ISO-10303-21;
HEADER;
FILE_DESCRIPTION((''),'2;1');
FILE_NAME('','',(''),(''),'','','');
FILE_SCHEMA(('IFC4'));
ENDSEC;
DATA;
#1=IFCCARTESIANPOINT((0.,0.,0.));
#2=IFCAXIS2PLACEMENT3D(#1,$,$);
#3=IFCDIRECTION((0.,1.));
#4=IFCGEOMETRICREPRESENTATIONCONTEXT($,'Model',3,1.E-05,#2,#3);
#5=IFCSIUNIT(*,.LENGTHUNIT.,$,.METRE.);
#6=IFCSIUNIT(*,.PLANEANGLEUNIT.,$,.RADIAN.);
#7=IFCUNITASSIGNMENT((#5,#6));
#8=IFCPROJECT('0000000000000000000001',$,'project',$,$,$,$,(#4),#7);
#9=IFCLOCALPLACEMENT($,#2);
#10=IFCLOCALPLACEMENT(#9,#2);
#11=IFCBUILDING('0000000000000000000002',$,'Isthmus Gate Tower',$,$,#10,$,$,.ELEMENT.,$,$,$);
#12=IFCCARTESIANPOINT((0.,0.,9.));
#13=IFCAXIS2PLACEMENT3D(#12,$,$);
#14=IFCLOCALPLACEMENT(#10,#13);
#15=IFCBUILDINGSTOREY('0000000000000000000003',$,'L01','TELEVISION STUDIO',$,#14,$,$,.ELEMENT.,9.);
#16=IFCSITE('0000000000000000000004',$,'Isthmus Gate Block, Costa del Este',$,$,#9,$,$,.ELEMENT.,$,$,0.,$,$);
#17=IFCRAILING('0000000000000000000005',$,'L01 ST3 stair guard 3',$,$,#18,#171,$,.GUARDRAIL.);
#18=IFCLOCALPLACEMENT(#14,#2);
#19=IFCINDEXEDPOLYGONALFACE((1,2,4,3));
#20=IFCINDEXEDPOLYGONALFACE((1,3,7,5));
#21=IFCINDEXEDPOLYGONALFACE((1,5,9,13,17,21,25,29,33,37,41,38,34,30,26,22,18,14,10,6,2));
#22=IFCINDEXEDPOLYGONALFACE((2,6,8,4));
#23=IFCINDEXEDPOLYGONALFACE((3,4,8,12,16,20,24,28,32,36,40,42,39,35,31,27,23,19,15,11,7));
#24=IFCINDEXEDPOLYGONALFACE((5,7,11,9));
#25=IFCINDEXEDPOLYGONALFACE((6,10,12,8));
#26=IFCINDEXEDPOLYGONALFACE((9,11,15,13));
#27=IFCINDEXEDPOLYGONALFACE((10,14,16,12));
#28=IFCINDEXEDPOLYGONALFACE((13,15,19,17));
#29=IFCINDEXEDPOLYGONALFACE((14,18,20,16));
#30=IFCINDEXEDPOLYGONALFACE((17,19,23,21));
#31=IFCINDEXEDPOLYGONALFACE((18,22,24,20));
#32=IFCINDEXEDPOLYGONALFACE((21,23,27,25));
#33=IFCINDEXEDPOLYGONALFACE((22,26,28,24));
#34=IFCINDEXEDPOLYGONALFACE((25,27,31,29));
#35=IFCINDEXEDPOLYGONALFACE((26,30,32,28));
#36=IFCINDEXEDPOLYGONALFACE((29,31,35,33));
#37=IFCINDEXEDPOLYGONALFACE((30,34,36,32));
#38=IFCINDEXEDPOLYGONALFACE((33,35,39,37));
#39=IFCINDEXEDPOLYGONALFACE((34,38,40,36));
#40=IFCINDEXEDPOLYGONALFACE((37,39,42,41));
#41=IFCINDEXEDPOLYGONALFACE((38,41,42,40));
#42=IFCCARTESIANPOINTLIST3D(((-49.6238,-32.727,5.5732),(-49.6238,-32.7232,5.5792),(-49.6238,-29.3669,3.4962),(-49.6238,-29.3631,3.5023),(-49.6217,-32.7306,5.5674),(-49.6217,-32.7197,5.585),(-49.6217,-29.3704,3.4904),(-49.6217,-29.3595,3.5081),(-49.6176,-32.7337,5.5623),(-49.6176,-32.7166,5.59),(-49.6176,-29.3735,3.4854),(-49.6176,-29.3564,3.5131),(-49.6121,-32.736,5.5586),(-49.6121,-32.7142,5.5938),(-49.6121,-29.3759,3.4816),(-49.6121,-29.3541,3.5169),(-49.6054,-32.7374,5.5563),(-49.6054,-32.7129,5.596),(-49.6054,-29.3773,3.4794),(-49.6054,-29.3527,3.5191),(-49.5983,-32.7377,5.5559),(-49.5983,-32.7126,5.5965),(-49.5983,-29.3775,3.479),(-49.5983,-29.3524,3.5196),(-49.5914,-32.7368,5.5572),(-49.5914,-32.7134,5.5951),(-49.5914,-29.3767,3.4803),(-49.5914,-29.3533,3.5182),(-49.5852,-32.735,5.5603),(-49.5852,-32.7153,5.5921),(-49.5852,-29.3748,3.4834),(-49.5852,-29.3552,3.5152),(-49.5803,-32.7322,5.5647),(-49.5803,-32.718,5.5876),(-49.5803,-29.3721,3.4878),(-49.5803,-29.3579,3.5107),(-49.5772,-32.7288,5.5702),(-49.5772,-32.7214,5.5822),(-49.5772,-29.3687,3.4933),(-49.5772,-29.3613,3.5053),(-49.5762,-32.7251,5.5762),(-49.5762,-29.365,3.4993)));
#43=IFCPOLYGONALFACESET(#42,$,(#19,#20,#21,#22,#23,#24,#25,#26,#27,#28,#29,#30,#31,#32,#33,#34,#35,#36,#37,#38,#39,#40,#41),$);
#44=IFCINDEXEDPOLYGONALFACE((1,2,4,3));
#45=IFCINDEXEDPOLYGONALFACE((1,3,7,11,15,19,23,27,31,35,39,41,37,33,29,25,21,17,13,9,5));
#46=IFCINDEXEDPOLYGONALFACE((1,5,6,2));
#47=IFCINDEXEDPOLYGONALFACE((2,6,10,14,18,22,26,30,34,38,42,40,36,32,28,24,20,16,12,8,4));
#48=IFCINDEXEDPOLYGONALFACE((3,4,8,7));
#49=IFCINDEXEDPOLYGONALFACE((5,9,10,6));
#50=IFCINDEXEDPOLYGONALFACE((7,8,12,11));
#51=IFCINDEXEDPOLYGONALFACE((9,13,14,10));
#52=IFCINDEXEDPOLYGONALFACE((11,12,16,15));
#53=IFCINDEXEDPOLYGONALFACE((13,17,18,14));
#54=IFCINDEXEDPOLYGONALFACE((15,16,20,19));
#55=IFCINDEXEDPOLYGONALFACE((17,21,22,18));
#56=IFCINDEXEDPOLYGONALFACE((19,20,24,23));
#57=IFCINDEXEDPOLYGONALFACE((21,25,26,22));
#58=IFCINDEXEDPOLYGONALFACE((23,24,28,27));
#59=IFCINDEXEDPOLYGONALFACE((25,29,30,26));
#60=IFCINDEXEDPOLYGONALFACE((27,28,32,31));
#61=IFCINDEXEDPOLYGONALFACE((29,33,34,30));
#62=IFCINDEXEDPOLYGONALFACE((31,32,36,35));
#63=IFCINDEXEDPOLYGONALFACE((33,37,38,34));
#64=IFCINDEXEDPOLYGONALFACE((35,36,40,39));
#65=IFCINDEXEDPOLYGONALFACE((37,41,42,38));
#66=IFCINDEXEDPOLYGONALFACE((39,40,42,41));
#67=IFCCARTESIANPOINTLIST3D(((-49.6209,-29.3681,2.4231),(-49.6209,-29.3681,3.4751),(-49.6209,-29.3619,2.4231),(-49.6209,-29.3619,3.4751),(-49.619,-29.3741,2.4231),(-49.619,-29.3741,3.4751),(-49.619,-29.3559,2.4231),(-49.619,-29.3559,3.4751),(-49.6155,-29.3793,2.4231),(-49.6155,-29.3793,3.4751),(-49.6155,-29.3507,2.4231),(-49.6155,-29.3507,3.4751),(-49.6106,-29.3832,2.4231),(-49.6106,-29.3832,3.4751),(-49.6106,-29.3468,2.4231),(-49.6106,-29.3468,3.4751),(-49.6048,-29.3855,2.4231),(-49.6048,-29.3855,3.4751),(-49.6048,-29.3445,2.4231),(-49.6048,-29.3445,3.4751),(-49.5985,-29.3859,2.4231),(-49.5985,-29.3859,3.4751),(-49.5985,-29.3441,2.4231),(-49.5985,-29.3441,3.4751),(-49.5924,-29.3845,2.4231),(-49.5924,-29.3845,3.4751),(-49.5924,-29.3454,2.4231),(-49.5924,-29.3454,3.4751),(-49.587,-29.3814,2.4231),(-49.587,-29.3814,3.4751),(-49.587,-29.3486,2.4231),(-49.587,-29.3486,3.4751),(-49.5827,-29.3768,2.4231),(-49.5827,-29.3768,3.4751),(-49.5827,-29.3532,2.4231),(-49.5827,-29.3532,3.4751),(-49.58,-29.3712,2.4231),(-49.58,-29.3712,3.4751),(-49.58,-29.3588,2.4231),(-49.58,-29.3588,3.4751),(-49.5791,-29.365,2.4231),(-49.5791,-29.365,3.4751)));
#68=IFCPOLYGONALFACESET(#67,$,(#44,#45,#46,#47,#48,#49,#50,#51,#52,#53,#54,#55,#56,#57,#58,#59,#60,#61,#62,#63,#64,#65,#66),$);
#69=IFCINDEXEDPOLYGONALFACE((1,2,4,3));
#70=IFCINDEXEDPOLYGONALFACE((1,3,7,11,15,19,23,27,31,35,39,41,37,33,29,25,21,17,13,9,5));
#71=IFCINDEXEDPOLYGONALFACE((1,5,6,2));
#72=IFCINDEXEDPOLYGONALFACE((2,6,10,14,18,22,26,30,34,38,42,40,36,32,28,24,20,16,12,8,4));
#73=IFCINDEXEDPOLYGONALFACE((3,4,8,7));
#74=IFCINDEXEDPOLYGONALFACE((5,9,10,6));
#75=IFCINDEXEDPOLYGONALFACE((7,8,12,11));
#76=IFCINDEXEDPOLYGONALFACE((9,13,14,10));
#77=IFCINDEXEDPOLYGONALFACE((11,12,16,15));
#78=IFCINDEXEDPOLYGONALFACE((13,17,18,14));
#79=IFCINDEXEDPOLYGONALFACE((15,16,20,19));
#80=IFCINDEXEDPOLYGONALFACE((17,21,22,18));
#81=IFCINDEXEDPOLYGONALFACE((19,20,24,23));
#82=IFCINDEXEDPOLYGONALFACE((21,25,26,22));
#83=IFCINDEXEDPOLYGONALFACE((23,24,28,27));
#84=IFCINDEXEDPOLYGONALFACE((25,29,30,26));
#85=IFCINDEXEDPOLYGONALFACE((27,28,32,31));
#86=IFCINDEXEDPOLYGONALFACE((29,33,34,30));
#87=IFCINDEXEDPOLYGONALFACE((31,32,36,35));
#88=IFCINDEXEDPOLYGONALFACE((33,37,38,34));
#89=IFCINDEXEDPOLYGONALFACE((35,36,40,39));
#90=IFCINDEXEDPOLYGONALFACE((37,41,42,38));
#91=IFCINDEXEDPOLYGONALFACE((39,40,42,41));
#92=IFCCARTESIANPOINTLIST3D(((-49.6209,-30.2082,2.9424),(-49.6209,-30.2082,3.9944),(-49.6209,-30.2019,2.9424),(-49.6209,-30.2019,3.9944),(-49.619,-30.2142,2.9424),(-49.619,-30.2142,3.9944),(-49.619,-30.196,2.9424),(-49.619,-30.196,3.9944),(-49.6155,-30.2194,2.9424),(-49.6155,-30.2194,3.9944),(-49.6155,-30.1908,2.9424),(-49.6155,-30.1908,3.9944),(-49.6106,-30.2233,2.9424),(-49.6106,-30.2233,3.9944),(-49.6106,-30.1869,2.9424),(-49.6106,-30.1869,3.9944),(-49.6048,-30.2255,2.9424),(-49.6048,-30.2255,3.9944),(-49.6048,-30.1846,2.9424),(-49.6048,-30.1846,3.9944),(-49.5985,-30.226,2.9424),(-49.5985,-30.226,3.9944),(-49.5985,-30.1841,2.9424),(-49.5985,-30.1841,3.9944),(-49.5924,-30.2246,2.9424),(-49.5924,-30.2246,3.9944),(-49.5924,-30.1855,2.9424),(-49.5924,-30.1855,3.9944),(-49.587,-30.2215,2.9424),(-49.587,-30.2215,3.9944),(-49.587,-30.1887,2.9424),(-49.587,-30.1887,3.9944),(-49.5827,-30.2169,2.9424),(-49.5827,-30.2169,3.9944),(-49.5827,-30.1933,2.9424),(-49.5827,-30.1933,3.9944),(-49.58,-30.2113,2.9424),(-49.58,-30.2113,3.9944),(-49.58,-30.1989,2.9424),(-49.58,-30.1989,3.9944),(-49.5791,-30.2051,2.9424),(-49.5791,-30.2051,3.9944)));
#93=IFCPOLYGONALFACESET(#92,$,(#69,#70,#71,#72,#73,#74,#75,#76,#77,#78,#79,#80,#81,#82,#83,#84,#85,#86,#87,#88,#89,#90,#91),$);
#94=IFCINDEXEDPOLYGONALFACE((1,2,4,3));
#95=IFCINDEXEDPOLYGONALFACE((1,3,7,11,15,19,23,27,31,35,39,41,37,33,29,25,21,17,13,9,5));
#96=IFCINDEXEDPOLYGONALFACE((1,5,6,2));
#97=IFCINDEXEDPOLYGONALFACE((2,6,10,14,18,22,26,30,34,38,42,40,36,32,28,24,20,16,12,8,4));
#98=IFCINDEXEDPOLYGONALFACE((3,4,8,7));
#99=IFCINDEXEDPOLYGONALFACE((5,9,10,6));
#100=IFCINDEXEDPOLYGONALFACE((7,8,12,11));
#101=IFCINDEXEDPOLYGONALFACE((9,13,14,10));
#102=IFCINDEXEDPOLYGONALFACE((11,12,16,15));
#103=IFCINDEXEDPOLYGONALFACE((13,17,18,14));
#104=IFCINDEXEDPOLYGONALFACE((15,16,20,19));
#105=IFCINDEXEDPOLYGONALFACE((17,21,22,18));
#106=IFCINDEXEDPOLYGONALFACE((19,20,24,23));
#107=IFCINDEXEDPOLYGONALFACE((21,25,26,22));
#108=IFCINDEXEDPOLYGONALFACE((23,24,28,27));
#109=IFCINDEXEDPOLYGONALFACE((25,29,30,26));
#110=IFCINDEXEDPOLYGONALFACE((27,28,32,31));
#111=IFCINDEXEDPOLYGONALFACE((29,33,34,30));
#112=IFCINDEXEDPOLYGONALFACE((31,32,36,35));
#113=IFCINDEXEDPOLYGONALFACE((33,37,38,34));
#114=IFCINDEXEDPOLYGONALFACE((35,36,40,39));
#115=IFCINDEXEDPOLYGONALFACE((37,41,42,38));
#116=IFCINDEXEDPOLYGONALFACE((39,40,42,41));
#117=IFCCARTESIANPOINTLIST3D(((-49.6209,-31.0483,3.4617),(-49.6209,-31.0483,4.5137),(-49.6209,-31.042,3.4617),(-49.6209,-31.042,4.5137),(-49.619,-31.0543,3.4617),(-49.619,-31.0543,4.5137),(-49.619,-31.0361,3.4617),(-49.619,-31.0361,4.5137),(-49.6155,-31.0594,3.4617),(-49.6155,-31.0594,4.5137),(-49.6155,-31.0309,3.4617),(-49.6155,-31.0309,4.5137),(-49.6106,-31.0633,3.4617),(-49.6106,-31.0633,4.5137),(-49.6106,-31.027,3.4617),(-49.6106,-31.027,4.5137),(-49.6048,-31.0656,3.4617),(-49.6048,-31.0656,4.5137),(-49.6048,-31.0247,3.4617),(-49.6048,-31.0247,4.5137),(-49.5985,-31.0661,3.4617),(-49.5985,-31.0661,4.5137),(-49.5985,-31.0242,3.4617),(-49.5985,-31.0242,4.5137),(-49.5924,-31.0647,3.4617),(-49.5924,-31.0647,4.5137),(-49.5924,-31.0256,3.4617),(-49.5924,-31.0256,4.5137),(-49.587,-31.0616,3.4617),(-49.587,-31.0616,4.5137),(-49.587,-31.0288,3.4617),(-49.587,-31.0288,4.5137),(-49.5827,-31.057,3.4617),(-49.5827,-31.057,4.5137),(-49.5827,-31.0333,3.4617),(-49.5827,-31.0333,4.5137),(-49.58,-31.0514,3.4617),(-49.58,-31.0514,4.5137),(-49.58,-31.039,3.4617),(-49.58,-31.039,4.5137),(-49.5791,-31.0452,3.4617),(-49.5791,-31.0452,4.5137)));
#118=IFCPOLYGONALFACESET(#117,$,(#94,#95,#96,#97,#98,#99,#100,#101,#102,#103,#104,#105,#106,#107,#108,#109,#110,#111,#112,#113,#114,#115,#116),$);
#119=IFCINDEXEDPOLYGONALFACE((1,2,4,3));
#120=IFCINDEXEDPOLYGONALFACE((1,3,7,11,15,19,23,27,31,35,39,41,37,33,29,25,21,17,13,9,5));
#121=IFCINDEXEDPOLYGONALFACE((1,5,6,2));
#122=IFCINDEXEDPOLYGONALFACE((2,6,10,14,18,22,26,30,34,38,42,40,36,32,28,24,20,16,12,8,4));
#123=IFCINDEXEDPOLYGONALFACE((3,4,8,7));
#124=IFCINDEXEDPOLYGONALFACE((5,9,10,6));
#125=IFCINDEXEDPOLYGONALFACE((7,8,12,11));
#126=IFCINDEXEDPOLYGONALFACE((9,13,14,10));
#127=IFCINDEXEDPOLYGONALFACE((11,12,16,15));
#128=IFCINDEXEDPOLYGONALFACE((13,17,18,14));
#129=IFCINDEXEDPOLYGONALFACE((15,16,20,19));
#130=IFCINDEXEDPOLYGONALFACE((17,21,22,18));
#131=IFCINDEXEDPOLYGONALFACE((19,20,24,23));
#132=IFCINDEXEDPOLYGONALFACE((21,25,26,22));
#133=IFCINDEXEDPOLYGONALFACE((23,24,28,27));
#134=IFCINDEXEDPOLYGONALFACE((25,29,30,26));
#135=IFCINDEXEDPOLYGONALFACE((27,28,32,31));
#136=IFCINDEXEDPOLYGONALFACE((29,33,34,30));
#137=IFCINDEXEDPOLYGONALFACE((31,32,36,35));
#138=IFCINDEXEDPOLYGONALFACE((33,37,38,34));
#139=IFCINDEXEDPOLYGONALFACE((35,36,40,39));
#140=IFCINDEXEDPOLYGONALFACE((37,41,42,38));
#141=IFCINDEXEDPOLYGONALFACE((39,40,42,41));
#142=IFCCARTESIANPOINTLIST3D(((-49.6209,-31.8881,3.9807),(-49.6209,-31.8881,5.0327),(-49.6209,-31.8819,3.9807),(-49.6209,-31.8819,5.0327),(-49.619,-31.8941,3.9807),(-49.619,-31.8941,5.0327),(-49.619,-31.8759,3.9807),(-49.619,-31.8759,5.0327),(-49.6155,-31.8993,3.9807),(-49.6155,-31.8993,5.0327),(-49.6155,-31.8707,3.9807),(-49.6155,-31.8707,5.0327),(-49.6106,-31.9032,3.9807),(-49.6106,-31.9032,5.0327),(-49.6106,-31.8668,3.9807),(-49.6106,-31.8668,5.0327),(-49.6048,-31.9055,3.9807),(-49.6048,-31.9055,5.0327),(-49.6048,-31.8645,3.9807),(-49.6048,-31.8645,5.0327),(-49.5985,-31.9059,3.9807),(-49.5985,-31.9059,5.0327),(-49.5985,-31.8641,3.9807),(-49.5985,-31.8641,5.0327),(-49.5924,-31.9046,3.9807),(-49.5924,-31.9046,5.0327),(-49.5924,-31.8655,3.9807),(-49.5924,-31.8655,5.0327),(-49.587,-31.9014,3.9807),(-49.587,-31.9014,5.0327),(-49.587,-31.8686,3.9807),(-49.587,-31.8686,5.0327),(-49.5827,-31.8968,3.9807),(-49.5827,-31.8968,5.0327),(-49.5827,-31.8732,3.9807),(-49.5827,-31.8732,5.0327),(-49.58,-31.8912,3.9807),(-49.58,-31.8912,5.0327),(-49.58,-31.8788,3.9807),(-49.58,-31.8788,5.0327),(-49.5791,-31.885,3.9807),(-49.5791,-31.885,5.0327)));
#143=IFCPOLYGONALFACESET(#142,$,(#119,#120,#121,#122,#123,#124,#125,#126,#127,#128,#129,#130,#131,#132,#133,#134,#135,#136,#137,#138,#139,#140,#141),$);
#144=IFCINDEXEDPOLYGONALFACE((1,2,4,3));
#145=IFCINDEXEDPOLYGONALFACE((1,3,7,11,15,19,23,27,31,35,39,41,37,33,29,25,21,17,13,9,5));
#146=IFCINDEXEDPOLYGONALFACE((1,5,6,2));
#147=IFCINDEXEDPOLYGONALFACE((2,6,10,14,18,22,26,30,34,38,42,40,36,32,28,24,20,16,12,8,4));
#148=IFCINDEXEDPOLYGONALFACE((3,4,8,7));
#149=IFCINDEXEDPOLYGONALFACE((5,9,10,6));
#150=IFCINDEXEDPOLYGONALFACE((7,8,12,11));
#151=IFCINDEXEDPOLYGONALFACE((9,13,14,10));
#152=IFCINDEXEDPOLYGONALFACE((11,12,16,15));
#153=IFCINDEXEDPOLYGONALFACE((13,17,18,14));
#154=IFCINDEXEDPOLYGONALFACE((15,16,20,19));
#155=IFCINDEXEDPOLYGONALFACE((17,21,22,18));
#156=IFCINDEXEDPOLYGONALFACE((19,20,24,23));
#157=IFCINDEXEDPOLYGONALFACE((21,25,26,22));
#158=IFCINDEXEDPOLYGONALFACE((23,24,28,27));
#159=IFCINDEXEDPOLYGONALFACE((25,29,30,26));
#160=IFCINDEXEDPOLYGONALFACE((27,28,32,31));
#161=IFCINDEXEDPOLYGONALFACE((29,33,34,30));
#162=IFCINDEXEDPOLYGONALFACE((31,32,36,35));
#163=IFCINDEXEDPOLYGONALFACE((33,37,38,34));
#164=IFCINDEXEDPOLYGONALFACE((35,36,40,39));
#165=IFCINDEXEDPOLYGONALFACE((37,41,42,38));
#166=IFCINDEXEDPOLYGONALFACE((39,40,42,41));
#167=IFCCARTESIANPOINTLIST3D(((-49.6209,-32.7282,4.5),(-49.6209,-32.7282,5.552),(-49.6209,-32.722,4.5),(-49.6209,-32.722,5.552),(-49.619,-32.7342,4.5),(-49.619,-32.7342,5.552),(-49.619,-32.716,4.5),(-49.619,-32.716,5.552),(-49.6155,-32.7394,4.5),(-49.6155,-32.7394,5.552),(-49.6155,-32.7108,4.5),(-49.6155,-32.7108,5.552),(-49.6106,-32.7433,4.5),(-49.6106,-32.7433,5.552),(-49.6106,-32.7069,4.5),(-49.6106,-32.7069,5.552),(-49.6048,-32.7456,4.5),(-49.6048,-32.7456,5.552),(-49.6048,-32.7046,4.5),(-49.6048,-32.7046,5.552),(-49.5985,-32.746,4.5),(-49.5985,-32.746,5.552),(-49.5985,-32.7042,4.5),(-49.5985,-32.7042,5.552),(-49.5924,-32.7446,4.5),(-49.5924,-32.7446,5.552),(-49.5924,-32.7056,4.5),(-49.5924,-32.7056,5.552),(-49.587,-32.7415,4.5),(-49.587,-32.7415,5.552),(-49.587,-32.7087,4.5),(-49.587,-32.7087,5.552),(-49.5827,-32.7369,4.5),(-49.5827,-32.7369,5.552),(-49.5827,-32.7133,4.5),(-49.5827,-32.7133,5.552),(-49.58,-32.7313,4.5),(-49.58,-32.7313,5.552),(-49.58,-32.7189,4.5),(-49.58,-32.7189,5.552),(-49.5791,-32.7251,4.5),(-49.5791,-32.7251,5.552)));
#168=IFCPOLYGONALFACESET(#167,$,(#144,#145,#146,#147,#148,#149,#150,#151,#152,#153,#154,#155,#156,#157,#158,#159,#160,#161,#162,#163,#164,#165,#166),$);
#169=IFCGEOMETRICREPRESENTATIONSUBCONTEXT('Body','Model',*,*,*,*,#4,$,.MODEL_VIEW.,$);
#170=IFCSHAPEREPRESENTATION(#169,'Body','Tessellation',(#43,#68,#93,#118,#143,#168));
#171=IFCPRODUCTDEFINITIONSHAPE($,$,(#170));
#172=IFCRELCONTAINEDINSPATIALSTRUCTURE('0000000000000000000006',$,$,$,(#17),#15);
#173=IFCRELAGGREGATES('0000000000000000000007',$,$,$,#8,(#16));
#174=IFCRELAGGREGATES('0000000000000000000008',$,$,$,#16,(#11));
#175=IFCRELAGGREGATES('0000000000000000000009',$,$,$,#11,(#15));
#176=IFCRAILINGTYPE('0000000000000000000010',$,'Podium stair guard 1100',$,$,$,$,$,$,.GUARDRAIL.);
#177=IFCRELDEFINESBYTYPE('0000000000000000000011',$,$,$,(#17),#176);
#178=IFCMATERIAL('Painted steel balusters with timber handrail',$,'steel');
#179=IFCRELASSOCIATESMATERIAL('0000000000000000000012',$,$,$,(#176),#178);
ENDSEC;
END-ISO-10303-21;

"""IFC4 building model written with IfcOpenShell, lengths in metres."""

from ifc_helpers import new_model, si_unit, direction, frame, origin, origin_2d, place, context, subcontext, project, spatial, circle, extrude, material, type_object, element, save


model = new_model("IFC4")

# Units and contexts
model_context = context("Model", 3, precision=1e-05, world=origin(), true_north=direction((0.0, 1.0)))
body_context = subcontext(model_context, "Body", "Model", "MODEL_VIEW")
ifc_project = project(units=[si_unit("LENGTHUNIT", "METRE"), si_unit("PLANEANGLEUNIT", "RADIAN")], contexts=[model_context])

# Site, building, storey
site_placement = place(None, origin())
site = spatial("IfcSite", under=ifc_project, at=site_placement, Name="Isthmus Gate Block, Costa del Este", CompositionType="ELEMENT", RefElevation=0.0)
building_placement = place(site_placement, origin())
building = spatial("IfcBuilding", under=site, at=building_placement, Name="Isthmus Gate Tower", CompositionType="ELEMENT")
storey_placement = place(building_placement, frame((0.0, 0.0, 9.0)))
storey = spatial("IfcBuildingStorey", under=building, at=storey_placement, Name="L01", Description="TELEVISION STUDIO", CompositionType="ELEMENT", Elevation=9.0)

# Railing
ifc_material_1 = material(Name="Painted steel balusters with timber handrail", Category="steel")
railing_type_1 = type_object("IfcRailingType", Name="Podium stair guard 1100", PredefinedType="GUARDRAIL", material=ifc_material_1)
railing_1_placement = place(storey_placement, frame((-49.6001, -29.365, 2.4231)))
element("IfcRailing", 1, at=railing_1_placement, inside=storey, type_object=railing_type_1, Name="L01 ST3 stair guard 3", PredefinedType="GUARDRAIL", context=body_context, shape_type="SweptSolid", body=[
    extrude(circle(Radius=0.0239, at=origin_2d()), frame((0.0, 0.0, 1.0762), z_axis=(0.0, -0.850623, 0.525776), x_axis=(1.0, 0.0, 0.0)), (0.0, 0.0, 1.0), 3.9502),
    extrude(circle(Radius=0.021, at=origin_2d()), origin(), (0.0, 0.0, 1.0), 1.052),
    extrude(circle(Radius=0.021, at=origin_2d()), frame((0.0, -0.8401, 0.5193)), (0.0, 0.0, 1.0), 1.052),
    extrude(circle(Radius=0.021, at=origin_2d()), frame((0.0, -1.6802, 1.0386)), (0.0, 0.0, 1.0), 1.052),
    extrude(circle(Radius=0.021, at=origin_2d()), frame((0.0, -2.52, 1.5576)), (0.0, 0.0, 1.0), 1.052),
    extrude(circle(Radius=0.021, at=origin_2d()), frame((0.0, -3.3601, 2.0769)), (0.0, 0.0, 1.0), 1.052),
])

save(model, "model.ifc")
